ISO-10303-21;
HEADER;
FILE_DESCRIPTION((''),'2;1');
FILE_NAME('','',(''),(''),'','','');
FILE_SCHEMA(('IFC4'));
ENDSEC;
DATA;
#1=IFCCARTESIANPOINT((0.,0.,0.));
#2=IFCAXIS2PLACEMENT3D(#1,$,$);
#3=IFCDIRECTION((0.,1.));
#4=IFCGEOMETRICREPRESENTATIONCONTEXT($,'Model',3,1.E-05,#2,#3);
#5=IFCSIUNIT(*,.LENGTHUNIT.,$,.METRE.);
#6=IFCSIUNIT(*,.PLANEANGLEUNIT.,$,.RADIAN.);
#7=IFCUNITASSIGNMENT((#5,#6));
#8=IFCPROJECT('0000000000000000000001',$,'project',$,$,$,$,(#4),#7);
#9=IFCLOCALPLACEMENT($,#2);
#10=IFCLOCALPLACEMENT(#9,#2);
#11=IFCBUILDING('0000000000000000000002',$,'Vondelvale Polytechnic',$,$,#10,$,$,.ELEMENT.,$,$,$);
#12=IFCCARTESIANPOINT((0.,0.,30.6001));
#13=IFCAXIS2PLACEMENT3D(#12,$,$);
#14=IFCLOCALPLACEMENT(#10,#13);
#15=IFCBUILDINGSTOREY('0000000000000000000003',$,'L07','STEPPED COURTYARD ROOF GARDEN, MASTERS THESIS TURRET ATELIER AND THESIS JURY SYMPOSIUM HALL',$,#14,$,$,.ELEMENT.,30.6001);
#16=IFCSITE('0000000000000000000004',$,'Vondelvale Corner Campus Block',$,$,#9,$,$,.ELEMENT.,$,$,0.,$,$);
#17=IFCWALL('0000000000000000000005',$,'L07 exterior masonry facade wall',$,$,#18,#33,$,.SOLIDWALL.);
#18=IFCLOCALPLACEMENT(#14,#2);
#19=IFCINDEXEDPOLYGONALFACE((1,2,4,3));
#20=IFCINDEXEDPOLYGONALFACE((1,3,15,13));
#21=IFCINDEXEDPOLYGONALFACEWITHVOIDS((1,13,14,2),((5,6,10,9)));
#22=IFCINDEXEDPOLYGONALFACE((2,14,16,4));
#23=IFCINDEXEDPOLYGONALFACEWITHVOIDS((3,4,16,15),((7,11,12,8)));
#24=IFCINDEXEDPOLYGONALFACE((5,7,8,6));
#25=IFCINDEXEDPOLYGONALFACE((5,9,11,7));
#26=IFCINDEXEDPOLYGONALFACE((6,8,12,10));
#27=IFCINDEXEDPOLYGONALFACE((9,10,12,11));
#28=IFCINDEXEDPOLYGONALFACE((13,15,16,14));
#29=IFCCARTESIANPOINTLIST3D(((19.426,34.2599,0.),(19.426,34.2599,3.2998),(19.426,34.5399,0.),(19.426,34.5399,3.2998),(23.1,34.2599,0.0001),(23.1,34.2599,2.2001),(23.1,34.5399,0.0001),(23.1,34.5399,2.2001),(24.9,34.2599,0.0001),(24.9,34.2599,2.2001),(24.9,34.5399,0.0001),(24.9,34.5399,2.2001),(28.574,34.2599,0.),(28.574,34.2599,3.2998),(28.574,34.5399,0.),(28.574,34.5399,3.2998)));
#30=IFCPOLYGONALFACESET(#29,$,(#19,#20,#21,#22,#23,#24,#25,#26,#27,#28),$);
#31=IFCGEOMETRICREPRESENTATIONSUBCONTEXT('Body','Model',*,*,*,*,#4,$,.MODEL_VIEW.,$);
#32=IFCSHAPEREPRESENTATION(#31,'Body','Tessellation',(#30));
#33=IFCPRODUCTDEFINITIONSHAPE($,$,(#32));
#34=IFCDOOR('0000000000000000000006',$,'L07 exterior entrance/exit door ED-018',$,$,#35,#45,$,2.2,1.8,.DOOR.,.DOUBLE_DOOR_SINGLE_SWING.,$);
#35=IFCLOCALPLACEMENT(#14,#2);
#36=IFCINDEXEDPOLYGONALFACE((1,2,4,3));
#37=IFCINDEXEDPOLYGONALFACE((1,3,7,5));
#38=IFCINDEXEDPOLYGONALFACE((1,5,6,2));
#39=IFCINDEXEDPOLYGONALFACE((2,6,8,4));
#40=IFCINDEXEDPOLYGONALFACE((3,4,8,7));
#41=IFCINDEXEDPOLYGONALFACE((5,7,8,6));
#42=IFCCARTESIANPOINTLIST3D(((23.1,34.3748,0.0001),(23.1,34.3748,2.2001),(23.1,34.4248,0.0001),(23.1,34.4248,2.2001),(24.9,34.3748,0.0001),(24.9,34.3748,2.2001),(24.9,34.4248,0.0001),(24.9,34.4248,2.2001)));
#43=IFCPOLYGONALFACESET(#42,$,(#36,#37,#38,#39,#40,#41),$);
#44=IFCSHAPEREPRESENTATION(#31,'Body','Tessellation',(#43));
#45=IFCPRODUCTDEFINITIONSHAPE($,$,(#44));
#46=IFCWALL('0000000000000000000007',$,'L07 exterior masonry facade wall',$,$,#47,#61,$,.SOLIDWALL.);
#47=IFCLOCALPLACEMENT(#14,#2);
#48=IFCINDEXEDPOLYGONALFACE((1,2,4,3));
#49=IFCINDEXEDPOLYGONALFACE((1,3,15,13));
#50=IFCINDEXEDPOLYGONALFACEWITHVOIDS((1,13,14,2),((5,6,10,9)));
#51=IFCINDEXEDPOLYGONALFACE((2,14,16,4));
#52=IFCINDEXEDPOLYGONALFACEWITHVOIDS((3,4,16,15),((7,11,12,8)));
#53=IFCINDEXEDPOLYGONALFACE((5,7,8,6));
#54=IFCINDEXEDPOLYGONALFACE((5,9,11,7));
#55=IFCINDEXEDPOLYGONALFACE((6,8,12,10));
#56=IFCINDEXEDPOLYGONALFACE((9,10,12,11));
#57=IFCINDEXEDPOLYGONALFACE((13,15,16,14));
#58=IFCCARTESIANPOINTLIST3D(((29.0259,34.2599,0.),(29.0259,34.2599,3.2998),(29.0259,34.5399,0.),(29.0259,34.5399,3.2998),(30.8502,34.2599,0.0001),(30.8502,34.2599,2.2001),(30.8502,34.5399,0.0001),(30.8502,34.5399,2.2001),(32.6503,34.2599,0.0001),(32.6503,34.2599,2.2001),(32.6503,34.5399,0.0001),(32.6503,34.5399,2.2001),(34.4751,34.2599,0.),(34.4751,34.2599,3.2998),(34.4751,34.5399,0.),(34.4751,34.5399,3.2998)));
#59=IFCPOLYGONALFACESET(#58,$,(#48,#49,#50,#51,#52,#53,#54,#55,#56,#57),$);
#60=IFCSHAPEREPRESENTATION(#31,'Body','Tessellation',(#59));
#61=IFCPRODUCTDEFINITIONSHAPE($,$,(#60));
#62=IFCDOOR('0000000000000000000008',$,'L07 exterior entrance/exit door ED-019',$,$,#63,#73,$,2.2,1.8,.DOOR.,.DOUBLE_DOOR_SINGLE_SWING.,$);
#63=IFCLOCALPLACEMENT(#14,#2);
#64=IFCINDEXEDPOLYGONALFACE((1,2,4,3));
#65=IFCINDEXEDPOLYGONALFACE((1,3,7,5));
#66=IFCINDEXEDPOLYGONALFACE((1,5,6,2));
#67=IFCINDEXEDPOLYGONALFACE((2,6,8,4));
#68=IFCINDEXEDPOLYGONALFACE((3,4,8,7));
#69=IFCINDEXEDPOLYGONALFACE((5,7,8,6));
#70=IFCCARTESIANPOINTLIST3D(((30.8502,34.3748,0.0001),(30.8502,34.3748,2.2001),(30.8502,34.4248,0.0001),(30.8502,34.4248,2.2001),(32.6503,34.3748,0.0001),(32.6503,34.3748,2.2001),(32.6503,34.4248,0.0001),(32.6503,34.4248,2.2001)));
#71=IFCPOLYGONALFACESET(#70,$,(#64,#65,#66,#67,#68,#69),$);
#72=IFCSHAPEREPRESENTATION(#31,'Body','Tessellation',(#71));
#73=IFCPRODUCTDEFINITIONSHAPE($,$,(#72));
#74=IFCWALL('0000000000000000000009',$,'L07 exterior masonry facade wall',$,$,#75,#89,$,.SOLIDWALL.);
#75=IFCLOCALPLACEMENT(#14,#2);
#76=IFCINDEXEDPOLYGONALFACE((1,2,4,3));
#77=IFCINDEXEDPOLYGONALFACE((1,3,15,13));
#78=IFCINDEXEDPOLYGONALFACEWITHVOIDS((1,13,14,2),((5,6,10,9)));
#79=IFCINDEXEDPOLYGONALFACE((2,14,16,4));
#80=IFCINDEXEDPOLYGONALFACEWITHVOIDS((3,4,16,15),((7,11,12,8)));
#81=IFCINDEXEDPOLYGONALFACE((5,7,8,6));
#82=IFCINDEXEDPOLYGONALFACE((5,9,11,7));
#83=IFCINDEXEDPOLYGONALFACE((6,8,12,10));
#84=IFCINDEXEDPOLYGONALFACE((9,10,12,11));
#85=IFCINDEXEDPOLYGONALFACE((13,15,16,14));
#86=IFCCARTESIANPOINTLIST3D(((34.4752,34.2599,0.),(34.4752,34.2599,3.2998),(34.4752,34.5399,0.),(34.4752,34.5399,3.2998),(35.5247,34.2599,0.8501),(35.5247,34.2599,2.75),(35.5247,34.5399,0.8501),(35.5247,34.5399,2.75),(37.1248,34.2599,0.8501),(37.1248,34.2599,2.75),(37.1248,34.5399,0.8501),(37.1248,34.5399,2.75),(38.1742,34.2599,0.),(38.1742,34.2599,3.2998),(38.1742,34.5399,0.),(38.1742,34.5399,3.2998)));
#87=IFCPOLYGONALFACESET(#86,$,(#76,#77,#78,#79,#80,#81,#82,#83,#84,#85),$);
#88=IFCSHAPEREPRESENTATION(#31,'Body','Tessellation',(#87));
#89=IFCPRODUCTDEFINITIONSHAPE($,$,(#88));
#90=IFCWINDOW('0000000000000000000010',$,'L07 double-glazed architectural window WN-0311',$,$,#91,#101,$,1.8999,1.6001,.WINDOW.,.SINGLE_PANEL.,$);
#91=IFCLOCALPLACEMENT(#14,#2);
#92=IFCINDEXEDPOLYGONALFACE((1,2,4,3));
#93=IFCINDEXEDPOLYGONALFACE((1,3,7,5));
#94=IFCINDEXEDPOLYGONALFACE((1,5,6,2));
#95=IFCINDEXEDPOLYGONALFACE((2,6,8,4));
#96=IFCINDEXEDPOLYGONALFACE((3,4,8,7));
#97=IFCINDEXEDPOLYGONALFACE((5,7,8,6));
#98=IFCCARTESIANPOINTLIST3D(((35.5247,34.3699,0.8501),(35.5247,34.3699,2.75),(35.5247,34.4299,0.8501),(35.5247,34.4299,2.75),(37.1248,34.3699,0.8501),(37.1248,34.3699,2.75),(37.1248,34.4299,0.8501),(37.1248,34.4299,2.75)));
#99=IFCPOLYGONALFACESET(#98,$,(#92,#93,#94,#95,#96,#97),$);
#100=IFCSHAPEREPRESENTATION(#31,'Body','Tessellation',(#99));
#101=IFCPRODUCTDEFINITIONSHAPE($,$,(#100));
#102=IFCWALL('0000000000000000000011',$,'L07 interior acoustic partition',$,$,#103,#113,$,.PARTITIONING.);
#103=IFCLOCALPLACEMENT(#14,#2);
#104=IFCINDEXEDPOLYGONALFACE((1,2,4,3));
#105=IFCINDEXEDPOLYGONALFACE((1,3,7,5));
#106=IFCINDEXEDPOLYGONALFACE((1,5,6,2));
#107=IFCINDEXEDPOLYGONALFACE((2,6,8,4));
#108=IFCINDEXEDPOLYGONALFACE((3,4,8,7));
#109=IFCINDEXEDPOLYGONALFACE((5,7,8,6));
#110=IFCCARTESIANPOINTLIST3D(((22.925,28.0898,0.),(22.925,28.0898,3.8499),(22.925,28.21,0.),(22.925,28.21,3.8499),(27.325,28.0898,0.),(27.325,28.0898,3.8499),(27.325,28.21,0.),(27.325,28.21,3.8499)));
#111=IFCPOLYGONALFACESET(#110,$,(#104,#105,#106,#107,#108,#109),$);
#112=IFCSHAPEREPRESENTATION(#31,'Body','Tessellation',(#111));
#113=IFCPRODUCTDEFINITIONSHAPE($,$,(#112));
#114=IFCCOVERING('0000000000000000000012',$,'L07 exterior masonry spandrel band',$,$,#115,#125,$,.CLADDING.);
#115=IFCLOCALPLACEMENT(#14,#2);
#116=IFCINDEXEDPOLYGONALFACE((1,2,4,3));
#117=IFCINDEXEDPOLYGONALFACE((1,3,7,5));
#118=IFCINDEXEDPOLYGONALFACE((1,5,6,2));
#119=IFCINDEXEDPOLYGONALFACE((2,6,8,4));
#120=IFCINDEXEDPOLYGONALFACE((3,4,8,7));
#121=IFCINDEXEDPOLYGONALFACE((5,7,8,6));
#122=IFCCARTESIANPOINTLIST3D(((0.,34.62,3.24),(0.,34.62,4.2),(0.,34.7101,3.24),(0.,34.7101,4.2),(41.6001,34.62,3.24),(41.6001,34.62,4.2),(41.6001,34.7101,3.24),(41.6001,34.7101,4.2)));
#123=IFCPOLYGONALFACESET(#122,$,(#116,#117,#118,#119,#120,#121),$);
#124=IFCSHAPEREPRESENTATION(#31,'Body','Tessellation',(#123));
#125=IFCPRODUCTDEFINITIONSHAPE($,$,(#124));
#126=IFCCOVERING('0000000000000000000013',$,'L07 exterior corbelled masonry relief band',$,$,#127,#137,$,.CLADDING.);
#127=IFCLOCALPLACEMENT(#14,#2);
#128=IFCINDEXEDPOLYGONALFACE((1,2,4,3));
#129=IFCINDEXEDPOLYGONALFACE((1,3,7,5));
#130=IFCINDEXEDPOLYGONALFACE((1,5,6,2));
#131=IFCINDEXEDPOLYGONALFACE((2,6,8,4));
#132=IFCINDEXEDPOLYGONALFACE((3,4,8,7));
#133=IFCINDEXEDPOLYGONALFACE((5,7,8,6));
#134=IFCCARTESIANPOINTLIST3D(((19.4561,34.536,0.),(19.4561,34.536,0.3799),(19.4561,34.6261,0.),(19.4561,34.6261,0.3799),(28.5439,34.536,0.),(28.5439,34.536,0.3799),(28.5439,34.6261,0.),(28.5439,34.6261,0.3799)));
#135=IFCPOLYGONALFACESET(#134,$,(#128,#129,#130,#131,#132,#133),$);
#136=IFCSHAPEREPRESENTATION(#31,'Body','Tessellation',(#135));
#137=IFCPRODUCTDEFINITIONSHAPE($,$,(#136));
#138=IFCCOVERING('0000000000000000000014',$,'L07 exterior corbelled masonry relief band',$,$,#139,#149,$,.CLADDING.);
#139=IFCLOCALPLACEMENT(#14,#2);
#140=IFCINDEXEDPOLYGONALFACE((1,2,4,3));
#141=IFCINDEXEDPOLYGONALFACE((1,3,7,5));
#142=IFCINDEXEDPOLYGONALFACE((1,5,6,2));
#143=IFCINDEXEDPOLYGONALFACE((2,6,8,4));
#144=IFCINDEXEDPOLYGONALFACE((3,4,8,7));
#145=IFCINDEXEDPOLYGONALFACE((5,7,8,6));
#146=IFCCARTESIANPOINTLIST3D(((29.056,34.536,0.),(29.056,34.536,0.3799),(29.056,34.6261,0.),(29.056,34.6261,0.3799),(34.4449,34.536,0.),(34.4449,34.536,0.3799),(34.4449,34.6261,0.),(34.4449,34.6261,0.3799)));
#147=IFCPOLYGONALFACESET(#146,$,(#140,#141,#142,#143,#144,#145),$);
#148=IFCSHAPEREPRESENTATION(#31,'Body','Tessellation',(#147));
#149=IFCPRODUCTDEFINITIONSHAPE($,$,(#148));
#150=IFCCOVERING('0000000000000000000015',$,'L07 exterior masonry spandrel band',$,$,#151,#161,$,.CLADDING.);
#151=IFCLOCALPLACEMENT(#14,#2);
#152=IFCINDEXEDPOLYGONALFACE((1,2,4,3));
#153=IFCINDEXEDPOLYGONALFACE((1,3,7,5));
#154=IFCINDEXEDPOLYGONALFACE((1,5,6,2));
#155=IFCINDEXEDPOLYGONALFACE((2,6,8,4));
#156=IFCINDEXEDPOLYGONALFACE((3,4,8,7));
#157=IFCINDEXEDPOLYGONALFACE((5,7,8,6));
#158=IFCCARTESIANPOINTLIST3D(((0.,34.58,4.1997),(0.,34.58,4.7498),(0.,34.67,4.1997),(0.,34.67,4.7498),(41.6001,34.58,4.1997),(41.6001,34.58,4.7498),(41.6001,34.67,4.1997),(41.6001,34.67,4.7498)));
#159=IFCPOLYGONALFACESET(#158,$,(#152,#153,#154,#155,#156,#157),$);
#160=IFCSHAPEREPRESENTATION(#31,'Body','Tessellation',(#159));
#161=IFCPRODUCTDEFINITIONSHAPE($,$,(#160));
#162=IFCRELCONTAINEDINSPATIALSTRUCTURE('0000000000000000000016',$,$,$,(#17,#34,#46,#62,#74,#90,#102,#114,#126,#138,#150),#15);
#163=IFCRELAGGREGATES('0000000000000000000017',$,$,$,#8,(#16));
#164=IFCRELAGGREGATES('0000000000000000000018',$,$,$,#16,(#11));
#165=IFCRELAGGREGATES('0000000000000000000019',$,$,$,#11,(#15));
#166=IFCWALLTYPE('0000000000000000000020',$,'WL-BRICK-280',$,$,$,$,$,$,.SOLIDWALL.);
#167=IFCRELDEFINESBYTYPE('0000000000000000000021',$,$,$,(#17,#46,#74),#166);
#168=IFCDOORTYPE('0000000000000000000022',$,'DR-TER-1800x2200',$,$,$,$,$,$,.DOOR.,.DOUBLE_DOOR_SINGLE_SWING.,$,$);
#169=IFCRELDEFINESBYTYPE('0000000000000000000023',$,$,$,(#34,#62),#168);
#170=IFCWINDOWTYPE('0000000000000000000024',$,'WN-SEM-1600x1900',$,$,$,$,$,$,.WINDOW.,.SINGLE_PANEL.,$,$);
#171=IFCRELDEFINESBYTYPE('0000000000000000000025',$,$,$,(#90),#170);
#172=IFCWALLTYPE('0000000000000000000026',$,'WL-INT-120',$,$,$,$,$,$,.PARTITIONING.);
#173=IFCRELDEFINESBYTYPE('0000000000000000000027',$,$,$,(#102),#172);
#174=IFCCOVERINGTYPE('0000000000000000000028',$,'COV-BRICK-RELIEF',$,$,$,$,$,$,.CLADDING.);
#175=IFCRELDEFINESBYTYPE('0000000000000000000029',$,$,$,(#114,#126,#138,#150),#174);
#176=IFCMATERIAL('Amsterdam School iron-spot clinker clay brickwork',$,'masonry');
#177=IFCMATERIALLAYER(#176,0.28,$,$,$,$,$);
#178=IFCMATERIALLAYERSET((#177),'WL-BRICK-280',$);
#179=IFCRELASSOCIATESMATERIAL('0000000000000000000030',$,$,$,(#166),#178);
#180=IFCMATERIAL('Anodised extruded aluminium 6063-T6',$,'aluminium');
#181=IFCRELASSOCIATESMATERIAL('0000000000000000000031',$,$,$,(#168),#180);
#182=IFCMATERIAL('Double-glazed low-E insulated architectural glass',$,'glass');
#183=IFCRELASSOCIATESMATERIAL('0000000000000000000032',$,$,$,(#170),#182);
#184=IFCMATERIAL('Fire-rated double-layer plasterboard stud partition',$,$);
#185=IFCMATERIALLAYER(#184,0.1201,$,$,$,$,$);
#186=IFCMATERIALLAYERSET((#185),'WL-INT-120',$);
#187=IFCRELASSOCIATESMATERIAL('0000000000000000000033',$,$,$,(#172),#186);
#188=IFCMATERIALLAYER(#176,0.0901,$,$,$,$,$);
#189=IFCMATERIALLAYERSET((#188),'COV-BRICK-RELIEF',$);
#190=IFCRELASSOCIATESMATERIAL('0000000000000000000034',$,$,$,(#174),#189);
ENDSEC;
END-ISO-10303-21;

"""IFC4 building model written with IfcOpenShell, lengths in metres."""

from ifc_helpers import new_model, si_unit, direction, frame, frame_2d, origin, origin_2d, place, context, subcontext, project, spatial, rectangle, extrude, material, layer, layer_set, type_object, element, fill, save


model = new_model("IFC4")

# Units and contexts
model_context = context("Model", 3, precision=1e-05, world=origin(), true_north=direction((0.0, 1.0)))
body_context = subcontext(model_context, "Body", "Model", "MODEL_VIEW")
ifc_project = project(units=[si_unit("LENGTHUNIT", "METRE"), si_unit("PLANEANGLEUNIT", "RADIAN")], contexts=[model_context])

# Site, building, storey
site_placement = place(None, origin())
site = spatial("IfcSite", under=ifc_project, at=site_placement, Name="Vondelvale Corner Campus Block", CompositionType="ELEMENT", RefElevation=0.0)
building_placement = place(site_placement, origin())
building = spatial("IfcBuilding", under=site, at=building_placement, Name="Vondelvale Polytechnic", CompositionType="ELEMENT")
storey_placement = place(building_placement, frame((0.0, 0.0, 30.6001)))
storey = spatial("IfcBuildingStorey", under=building, at=storey_placement, Name="L07", Description="STEPPED COURTYARD ROOF GARDEN, MASTERS THESIS TURRET ATELIER AND THESIS JURY SYMPOSIUM HALL", CompositionType="ELEMENT", Elevation=30.6001)

# Walls, openings, doors
ifc_material_1 = material(Name="Amsterdam School iron-spot clinker clay brickwork", Category="masonry")
ifc_layer_1 = layer(ifc_material_1, 0.28)
ifc_layer_set_1 = layer_set([ifc_layer_1], Name="WL-BRICK-280")
wall_type_1 = type_object("IfcWallType", Name="WL-BRICK-280", PredefinedType="SOLIDWALL", material=ifc_layer_set_1)
wall_1_placement = place(storey_placement, frame((19.426, 34.3999, 0.0), z_axis=(0.0, 0.0, 1.0), x_axis=(1.0, 0.0, 0.0)))
wall_1 = element("IfcWall", 1, at=wall_1_placement, inside=storey, type_object=wall_type_1, Name="L07 exterior masonry facade wall", PredefinedType="SOLIDWALL", context=body_context, shape_type="SweptSolid", body=[
    extrude(rectangle(XDim=9.1479, YDim=0.28, at=frame_2d((4.574, 0.0))), origin(), (0.0, 0.0, 1.0), 3.2998),
])
opening_1_placement = place(wall_1_placement, frame((3.6741, 0.0, 0.0)))
opening_1 = element("IfcOpeningElement", 2, at=opening_1_placement, cuts=wall_1, PredefinedType="OPENING", context=body_context, shape_type="SweptSolid", body=[
    extrude(rectangle(XDim=1.8, YDim=2.2, at=frame_2d((0.8999, 1.1001))), frame((0.0, 0.1499, 0.0), z_axis=(0.0, -1.0, 0.0), x_axis=(1.0, 0.0, 0.0)), (0.0, 0.0, 1.0), 0.3),
])
ifc_material_2 = material(Name="Anodised extruded aluminium 6063-T6", Category="aluminium")
door_type = type_object("IfcDoorType", Name="DR-TER-1800x2200", OperationType="DOUBLE_DOOR_SINGLE_SWING", PredefinedType="DOOR", material=ifc_material_2)
door_1_placement = place(opening_1_placement, origin())
door_1 = element("IfcDoor", 3, at=door_1_placement, inside=storey, type_object=door_type, Name="L07 exterior entrance/exit door ED-018", OperationType="DOUBLE_DOOR_SINGLE_SWING", OverallHeight=2.2, OverallWidth=1.8, PredefinedType="DOOR", context=body_context, shape_type="SweptSolid", body=[
    extrude(rectangle(XDim=1.8, YDim=2.2, at=frame_2d((0.8999, 1.1001))), frame((0.0, 0.0249, 0.0), z_axis=(0.0, -1.0, 0.0), x_axis=(1.0, 0.0, 0.0)), (0.0, 0.0, 1.0), 0.05),
])
fill(opening_1, door_1)
wall_2_placement = place(storey_placement, frame((29.0259, 34.3999, 0.0), z_axis=(0.0, 0.0, 1.0), x_axis=(1.0, 0.0, 0.0)))
wall_2 = element("IfcWall", 4, at=wall_2_placement, inside=storey, type_object=wall_type_1, Name="L07 exterior masonry facade wall", PredefinedType="SOLIDWALL", context=body_context, shape_type="SweptSolid", body=[
    extrude(rectangle(XDim=5.4492, YDim=0.28, at=frame_2d((2.7246, 0.0))), origin(), (0.0, 0.0, 1.0), 3.2998),
])
opening_2_placement = place(wall_2_placement, frame((1.8245, 0.0, 0.0)))
opening_2 = element("IfcOpeningElement", 5, at=opening_2_placement, cuts=wall_2, PredefinedType="OPENING", context=body_context, shape_type="SweptSolid", body=[
    extrude(rectangle(XDim=1.8, YDim=2.2, at=frame_2d((0.8999, 1.1001))), frame((0.0, 0.1499, 0.0), z_axis=(0.0, -1.0, 0.0), x_axis=(1.0, 0.0, 0.0)), (0.0, 0.0, 1.0), 0.3),
])
door_2_placement = place(opening_2_placement, origin())
door_2 = element("IfcDoor", 6, at=door_2_placement, inside=storey, type_object=door_type, Name="L07 exterior entrance/exit door ED-019", OperationType="DOUBLE_DOOR_SINGLE_SWING", OverallHeight=2.2, OverallWidth=1.8, PredefinedType="DOOR", context=body_context, shape_type="SweptSolid", body=[
    extrude(rectangle(XDim=1.8, YDim=2.2, at=frame_2d((0.8999, 1.1001))), frame((0.0, 0.0249, 0.0), z_axis=(0.0, -1.0, 0.0), x_axis=(1.0, 0.0, 0.0)), (0.0, 0.0, 1.0), 0.05),
])
fill(opening_2, door_2)

# Wall, opening, window
wall_3_placement = place(storey_placement, frame((34.4751, 34.3999, 0.0), z_axis=(0.0, 0.0, 1.0), x_axis=(1.0, 0.0, 0.0)))
wall_3 = element("IfcWall", 7, at=wall_3_placement, inside=storey, type_object=wall_type_1, Name="L07 exterior masonry facade wall", PredefinedType="SOLIDWALL", context=body_context, shape_type="SweptSolid", body=[
    extrude(rectangle(XDim=3.699, YDim=0.28, at=frame_2d((1.8496, 0.0))), origin(), (0.0, 0.0, 1.0), 3.2998),
])
opening_3_placement = place(wall_3_placement, frame((1.0496, 0.0, 0.8501)))
opening_3 = element("IfcOpeningElement", 8, at=opening_3_placement, cuts=wall_3, PredefinedType="OPENING", context=body_context, shape_type="SweptSolid", body=[
    extrude(rectangle(XDim=1.6001, YDim=1.8999, at=frame_2d((0.8, 0.95))), frame((0.0, 0.1499, 0.0), z_axis=(0.0, -1.0, 0.0), x_axis=(1.0, 0.0, 0.0)), (0.0, 0.0, 1.0), 0.3),
])
ifc_material_3 = material(Name="Double-glazed low-E insulated architectural glass", Category="glass")
window_type = type_object("IfcWindowType", Name="WN-SEM-1600x1900", PartitioningType="SINGLE_PANEL", PredefinedType="WINDOW", material=ifc_material_3)
window_placement = place(opening_3_placement, origin())
window = element("IfcWindow", 9, at=window_placement, inside=storey, type_object=window_type, Name="L07 double-glazed architectural window WN-0311", OverallHeight=1.8999, OverallWidth=1.6001, PartitioningType="SINGLE_PANEL", PredefinedType="WINDOW", context=body_context, shape_type="SweptSolid", body=[
    extrude(rectangle(XDim=1.6001, YDim=1.8999, at=frame_2d((0.8, 0.95))), frame((0.0, 0.03, 0.0), z_axis=(0.0, -1.0, 0.0), x_axis=(1.0, 0.0, 0.0)), (0.0, 0.0, 1.0), 0.0601),
])
fill(opening_3, window)

# Wall
ifc_material_4 = material(Name="Fire-rated double-layer plasterboard stud partition")
ifc_layer_2 = layer(ifc_material_4, 0.1201)
ifc_layer_set_2 = layer_set([ifc_layer_2], Name="WL-INT-120")
wall_type_2 = type_object("IfcWallType", Name="WL-INT-120", PredefinedType="PARTITIONING", material=ifc_layer_set_2)
wall_4_placement = place(storey_placement, frame((22.925, 28.1499, 0.0), z_axis=(0.0, 0.0, 1.0), x_axis=(1.0, 0.0, 0.0)))
element("IfcWall", 10, at=wall_4_placement, inside=storey, type_object=wall_type_2, Name="L07 interior acoustic partition", PredefinedType="PARTITIONING", context=body_context, shape_type="SweptSolid", body=[
    extrude(rectangle(XDim=4.3999, YDim=0.1201, at=frame_2d((2.2, 0.0))), origin(), (0.0, 0.0, 1.0), 3.8499),
])

# Coverings
ifc_layer_3 = layer(ifc_material_1, 0.0901)
ifc_layer_set_3 = layer_set([ifc_layer_3], Name="COV-BRICK-RELIEF")
covering_type = type_object("IfcCoveringType", Name="COV-BRICK-RELIEF", PredefinedType="CLADDING", material=ifc_layer_set_3)
covering_1_placement = place(storey_placement, frame((20.8, 34.665, 3.24), z_axis=(0.0, 0.0, 1.0), x_axis=(1.0, 0.0, 0.0)))
element("IfcCovering", 11, at=covering_1_placement, inside=storey, type_object=covering_type, Name="L07 exterior masonry spandrel band", PredefinedType="CLADDING", context=body_context, shape_type="SweptSolid", body=[
    extrude(rectangle(XDim=41.6001, YDim=0.0901, at=origin_2d()), origin(), (0.0, 0.0, 1.0), 0.96),
])
covering_2_placement = place(storey_placement, frame((24.0, 34.5811, 0.0), z_axis=(0.0, 0.0, 1.0), x_axis=(1.0, 0.0, 0.0)))
element("IfcCovering", 12, at=covering_2_placement, inside=storey, type_object=covering_type, Name="L07 exterior corbelled masonry relief band", PredefinedType="CLADDING", context=body_context, shape_type="SweptSolid", body=[
    extrude(rectangle(XDim=9.0879, YDim=0.0901, at=origin_2d()), origin(), (0.0, 0.0, 1.0), 0.3799),
])
covering_3_placement = place(storey_placement, frame((31.7505, 34.5811, 0.0), z_axis=(0.0, 0.0, 1.0), x_axis=(1.0, 0.0, 0.0)))
element("IfcCovering", 13, at=covering_3_placement, inside=storey, type_object=covering_type, Name="L07 exterior corbelled masonry relief band", PredefinedType="CLADDING", context=body_context, shape_type="SweptSolid", body=[
    extrude(rectangle(XDim=5.3889, YDim=0.0901, at=origin_2d()), origin(), (0.0, 0.0, 1.0), 0.3799),
])
covering_4_placement = place(storey_placement, frame((20.8, 34.625, 4.1997), z_axis=(0.0, 0.0, 1.0), x_axis=(1.0, 0.0, 0.0)))
element("IfcCovering", 14, at=covering_4_placement, inside=storey, type_object=covering_type, Name="L07 exterior masonry spandrel band", PredefinedType="CLADDING", context=body_context, shape_type="SweptSolid", body=[
    extrude(rectangle(XDim=41.6001, YDim=0.0901, at=origin_2d()), origin(), (0.0, 0.0, 1.0), 0.55),
])

save(model, "model.ifc")
